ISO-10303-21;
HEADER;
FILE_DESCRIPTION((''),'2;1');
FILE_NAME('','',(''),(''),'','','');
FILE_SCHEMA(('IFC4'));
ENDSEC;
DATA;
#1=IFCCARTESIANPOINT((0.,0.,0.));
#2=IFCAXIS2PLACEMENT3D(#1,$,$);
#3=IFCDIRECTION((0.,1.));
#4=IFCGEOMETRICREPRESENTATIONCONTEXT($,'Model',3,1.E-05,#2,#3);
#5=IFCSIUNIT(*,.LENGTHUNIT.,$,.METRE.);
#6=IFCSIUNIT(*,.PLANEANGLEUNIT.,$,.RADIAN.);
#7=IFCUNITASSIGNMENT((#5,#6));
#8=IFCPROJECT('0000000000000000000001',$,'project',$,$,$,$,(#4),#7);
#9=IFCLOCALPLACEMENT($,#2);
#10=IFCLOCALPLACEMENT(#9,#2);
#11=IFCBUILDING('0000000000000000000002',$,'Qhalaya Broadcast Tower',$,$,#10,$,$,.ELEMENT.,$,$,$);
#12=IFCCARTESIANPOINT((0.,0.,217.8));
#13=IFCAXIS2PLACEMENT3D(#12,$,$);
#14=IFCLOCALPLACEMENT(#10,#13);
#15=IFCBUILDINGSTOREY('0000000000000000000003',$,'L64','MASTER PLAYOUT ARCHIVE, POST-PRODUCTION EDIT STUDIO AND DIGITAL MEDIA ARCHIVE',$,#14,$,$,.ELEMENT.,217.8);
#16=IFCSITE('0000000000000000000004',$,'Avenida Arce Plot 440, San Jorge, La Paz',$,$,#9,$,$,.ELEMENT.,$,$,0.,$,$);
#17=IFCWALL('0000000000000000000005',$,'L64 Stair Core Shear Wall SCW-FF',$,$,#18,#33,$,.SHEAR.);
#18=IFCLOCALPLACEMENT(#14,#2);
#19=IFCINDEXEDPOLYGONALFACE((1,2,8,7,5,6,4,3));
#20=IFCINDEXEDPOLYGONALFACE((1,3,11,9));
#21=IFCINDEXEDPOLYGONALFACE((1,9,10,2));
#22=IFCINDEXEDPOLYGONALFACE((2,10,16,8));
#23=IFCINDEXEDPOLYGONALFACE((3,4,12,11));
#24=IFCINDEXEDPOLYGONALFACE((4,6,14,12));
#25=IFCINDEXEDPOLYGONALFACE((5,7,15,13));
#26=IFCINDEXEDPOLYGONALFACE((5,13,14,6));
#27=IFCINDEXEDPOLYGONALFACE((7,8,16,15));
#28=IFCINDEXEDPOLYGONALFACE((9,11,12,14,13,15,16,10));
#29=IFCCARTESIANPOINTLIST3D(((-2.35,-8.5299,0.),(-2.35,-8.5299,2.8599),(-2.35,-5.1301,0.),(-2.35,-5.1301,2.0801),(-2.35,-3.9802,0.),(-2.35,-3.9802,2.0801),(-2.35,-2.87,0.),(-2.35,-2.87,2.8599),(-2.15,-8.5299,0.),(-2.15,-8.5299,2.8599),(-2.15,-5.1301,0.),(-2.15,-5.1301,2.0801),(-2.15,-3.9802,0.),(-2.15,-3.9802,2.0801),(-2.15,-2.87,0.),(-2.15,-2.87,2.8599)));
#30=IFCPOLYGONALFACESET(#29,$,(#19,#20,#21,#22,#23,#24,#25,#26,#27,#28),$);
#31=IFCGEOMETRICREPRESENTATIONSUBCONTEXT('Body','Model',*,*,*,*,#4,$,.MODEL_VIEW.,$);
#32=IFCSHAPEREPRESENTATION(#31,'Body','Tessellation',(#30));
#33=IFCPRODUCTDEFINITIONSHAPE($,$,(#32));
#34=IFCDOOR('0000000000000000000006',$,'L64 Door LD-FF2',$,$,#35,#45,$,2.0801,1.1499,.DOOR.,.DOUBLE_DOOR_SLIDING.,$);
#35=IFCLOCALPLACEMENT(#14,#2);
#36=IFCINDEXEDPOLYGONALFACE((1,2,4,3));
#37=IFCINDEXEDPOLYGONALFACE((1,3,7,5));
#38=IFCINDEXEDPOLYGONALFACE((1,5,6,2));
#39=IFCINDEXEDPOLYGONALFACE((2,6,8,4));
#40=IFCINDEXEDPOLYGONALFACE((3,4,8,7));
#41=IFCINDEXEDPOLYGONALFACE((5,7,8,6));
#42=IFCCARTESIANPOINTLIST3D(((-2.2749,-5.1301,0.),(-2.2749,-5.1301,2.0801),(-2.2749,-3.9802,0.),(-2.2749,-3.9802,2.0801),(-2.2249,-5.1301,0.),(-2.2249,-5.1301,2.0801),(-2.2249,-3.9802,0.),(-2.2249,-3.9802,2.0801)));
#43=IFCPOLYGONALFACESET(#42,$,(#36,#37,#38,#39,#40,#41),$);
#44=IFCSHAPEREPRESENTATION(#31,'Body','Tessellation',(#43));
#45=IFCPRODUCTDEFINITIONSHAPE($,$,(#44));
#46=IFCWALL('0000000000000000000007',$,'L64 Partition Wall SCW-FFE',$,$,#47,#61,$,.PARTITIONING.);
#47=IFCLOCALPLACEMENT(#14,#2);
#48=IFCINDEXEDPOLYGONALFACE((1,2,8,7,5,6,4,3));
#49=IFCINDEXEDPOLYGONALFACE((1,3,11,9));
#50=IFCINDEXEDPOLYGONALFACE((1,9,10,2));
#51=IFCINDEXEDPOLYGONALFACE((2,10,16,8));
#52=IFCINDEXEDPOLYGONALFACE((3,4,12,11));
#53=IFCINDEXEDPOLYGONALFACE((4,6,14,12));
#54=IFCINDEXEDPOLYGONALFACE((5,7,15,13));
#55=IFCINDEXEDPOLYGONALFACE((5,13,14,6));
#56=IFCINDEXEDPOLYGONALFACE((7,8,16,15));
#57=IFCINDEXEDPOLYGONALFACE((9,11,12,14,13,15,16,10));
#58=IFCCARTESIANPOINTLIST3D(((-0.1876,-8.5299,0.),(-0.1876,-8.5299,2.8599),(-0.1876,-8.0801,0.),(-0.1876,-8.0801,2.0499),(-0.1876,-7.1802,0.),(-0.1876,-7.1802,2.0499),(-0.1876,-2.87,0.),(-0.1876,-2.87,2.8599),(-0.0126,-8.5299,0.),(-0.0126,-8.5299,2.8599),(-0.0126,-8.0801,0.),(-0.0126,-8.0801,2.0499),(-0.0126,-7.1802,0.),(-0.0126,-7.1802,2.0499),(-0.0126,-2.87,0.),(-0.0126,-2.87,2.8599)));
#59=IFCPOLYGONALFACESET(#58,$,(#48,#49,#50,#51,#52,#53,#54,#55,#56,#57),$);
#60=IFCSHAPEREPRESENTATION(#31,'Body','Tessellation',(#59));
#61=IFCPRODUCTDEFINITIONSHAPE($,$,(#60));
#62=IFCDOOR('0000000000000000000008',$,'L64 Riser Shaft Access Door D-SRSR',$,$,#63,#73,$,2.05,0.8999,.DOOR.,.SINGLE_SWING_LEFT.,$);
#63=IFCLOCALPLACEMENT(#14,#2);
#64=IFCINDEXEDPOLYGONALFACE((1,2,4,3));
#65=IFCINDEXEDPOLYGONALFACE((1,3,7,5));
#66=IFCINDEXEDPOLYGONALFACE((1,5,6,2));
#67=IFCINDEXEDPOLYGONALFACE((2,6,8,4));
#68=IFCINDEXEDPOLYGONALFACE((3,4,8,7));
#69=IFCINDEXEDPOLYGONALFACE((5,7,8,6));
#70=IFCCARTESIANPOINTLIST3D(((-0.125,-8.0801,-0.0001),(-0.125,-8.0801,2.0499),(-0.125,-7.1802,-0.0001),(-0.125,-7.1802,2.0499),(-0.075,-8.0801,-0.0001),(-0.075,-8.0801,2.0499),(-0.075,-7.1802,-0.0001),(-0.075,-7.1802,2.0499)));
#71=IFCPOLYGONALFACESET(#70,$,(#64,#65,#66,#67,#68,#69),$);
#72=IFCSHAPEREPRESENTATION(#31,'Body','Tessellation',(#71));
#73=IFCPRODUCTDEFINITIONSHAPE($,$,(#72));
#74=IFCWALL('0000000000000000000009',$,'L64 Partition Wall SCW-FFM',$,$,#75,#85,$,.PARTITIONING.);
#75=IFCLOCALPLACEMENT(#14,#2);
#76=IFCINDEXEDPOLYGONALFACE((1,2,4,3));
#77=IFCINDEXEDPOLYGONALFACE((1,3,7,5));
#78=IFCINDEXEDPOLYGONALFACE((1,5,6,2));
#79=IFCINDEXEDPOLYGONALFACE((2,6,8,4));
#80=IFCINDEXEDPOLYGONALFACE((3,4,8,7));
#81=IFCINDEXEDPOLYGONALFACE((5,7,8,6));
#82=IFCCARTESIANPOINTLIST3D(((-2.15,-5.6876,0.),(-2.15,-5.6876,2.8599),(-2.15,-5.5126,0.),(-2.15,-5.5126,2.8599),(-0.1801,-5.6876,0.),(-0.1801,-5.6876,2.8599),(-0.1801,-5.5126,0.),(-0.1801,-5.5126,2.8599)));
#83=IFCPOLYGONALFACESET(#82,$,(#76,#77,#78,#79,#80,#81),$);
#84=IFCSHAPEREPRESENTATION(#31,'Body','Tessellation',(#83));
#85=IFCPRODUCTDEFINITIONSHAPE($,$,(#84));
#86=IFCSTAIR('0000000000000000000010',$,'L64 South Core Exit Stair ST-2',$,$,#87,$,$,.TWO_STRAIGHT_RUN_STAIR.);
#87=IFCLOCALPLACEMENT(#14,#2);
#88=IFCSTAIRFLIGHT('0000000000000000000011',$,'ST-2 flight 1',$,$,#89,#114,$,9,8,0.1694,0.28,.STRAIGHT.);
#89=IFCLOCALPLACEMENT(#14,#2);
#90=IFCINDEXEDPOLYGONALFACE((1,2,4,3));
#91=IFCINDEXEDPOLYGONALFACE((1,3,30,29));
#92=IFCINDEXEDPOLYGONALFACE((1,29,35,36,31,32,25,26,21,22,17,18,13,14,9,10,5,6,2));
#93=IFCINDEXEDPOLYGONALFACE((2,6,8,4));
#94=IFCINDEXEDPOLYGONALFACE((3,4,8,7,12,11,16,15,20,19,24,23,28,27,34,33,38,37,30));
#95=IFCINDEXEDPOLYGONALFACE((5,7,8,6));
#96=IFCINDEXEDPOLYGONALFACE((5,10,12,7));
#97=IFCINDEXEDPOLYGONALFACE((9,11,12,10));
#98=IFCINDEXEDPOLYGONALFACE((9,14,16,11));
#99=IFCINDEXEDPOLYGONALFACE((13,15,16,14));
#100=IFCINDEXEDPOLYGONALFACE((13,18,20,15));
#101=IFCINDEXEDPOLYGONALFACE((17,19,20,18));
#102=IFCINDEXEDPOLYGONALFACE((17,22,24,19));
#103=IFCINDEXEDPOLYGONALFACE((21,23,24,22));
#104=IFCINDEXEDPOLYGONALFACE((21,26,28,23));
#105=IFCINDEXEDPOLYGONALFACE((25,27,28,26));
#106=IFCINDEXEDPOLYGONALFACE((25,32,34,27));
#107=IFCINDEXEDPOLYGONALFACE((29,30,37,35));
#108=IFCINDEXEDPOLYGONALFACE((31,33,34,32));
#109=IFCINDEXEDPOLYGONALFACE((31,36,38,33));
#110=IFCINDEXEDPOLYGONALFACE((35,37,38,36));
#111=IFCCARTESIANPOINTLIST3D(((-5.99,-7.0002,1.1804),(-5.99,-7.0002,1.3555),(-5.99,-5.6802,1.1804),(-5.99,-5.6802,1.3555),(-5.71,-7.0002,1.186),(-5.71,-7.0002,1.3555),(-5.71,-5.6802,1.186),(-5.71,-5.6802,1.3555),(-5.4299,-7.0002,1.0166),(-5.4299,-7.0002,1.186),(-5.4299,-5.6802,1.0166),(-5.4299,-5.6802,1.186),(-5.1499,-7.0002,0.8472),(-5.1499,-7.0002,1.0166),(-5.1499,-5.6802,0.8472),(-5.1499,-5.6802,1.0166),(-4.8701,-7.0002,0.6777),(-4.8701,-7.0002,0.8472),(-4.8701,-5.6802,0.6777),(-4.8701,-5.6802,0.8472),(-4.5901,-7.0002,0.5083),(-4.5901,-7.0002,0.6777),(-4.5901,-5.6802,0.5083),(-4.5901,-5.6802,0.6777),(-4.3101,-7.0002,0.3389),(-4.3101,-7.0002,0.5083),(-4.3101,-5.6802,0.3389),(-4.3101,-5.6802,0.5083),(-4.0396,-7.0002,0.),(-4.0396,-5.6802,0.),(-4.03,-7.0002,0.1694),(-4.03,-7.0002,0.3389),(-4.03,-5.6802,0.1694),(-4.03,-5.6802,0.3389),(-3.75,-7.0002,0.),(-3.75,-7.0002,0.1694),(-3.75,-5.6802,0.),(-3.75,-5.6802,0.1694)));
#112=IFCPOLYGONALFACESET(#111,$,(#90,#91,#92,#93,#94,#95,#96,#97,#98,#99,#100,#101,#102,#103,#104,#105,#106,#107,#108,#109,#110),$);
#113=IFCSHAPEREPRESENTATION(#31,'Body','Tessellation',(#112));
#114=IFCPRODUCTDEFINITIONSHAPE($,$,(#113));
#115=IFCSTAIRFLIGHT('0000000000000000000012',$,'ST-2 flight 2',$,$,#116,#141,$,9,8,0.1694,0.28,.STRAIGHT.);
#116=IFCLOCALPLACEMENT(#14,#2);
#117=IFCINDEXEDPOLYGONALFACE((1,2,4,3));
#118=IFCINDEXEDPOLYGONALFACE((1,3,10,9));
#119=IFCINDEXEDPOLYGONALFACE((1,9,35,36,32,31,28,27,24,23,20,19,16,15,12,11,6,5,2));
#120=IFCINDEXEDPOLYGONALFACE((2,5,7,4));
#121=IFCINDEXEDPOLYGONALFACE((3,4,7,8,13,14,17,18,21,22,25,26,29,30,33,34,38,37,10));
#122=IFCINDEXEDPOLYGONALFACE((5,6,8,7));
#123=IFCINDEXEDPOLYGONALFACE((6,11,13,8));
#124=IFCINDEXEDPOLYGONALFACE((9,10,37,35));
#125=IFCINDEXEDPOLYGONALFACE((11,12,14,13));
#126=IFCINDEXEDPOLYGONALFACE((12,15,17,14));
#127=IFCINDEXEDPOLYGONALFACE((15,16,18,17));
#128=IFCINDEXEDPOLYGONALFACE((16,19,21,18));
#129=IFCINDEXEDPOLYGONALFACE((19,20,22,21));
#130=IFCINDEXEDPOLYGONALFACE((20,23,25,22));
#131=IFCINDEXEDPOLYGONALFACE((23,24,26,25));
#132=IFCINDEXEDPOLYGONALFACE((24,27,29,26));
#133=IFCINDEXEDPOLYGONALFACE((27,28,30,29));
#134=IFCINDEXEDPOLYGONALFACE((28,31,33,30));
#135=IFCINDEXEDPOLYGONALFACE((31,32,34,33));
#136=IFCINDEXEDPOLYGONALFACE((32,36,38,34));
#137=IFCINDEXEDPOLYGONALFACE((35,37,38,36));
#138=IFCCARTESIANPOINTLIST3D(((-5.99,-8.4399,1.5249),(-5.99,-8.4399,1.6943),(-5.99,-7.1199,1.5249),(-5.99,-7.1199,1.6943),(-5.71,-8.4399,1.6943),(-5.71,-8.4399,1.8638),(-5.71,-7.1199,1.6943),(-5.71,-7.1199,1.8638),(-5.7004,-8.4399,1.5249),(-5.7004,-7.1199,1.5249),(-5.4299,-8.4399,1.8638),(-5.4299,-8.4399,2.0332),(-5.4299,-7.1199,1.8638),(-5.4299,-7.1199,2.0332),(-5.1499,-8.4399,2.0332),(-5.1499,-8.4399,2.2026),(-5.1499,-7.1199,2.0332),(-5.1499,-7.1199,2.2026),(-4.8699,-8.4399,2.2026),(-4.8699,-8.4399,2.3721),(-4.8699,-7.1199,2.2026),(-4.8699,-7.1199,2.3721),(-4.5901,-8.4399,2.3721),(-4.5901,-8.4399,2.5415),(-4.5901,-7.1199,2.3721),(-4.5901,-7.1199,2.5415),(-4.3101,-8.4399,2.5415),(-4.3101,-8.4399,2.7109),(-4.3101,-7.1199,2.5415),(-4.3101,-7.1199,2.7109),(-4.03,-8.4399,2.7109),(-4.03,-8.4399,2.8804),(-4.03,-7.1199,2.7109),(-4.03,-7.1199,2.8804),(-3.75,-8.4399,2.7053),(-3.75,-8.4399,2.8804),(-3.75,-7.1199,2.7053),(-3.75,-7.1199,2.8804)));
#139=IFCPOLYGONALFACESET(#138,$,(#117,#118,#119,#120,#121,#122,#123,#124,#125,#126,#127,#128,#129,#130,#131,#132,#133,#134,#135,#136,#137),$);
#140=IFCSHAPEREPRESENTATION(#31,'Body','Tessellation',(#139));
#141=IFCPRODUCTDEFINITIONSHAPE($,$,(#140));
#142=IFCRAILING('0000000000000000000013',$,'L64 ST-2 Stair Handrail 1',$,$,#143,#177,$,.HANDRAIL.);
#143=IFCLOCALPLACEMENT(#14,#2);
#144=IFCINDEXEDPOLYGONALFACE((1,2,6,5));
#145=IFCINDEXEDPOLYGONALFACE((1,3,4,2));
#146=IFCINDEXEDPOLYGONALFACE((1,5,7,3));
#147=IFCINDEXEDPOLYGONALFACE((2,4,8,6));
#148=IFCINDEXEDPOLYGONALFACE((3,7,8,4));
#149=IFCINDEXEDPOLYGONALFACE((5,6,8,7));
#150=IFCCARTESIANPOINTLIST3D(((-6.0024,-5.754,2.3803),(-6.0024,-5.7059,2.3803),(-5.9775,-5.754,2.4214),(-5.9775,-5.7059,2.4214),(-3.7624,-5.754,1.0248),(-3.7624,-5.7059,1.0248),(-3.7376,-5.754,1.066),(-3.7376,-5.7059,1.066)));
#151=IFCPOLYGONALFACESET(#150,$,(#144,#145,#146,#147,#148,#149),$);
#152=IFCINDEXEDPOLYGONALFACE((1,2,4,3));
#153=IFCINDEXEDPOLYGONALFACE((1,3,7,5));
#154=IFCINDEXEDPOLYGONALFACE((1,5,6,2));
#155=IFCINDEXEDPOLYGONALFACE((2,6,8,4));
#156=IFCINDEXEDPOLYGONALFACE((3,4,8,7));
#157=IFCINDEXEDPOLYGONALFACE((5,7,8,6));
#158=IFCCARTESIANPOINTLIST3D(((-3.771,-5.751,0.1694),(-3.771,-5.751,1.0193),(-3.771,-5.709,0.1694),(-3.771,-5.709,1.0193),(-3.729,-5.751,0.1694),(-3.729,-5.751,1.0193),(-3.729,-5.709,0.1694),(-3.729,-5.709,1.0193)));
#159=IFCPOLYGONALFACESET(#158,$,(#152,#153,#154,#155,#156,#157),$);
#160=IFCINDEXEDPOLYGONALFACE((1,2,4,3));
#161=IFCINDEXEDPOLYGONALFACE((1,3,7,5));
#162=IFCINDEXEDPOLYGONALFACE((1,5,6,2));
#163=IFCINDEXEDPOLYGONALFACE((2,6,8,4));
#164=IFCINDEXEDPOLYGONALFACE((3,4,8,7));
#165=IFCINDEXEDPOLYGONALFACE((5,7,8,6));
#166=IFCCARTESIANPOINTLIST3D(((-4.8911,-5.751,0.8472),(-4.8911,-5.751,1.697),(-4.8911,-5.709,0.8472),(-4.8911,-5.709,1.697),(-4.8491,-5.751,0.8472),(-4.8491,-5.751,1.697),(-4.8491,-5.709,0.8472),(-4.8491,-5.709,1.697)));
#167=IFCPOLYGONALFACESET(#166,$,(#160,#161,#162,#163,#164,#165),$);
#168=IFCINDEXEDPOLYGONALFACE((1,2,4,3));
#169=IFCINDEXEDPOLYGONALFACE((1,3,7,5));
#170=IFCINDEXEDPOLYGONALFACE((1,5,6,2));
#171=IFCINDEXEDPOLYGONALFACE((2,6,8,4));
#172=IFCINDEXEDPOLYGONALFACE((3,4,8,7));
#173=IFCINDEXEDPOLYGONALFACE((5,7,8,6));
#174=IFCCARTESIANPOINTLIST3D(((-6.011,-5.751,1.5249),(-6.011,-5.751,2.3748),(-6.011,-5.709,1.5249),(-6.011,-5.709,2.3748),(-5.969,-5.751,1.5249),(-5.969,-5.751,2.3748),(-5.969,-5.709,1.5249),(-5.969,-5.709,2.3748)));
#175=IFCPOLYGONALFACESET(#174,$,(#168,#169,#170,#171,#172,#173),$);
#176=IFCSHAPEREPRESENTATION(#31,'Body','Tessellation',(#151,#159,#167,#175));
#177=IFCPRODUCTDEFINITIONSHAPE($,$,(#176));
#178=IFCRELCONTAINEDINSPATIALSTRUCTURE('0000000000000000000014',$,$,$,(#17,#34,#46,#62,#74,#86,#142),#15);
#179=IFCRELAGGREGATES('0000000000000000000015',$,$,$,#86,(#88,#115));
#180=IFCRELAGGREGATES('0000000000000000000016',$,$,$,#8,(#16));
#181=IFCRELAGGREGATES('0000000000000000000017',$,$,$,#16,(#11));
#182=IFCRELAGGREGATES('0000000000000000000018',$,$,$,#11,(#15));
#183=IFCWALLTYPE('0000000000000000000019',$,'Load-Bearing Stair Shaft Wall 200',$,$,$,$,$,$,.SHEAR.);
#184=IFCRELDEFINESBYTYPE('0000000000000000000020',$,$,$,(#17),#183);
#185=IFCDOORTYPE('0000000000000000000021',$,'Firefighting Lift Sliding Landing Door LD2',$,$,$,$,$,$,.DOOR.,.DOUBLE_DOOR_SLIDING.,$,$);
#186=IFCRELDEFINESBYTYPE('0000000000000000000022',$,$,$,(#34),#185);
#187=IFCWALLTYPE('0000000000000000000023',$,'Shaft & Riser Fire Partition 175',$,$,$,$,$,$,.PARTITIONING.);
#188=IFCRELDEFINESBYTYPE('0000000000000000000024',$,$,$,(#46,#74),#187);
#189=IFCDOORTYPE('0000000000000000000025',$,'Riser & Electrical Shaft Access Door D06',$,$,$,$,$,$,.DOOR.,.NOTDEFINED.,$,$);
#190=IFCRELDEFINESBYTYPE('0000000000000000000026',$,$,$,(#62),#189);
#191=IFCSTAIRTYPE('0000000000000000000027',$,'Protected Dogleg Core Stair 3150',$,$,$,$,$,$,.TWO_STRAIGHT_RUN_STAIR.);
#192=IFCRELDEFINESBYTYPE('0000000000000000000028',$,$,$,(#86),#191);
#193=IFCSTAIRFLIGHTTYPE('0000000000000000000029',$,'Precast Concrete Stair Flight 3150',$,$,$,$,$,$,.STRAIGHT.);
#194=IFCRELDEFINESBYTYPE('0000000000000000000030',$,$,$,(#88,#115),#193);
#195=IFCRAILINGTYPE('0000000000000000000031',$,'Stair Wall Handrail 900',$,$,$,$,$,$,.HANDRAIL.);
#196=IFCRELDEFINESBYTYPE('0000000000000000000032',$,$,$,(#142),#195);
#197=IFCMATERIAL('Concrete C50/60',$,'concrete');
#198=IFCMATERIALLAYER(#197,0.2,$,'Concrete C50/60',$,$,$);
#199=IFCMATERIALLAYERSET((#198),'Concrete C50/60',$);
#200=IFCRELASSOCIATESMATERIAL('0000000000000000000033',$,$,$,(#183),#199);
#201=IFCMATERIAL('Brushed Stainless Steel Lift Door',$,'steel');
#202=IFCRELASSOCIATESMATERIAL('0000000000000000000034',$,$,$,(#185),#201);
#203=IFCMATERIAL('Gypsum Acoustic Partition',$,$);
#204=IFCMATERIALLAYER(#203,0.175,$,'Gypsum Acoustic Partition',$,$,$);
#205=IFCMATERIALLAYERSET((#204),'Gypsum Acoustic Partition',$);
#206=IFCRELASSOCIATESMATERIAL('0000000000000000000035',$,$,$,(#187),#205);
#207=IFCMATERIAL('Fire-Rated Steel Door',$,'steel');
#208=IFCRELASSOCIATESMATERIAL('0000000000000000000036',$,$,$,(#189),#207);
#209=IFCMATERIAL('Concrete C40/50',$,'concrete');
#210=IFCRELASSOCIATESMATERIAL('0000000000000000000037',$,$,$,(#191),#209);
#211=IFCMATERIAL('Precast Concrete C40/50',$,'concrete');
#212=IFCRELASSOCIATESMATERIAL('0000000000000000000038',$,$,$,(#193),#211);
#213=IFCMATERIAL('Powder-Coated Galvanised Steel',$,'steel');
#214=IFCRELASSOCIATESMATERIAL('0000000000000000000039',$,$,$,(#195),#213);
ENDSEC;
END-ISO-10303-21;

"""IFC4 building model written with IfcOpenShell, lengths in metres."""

from ifc_helpers import new_model, si_unit, direction, frame, frame_2d, origin, origin_2d, place, context, subcontext, project, spatial, polyline, rectangle, outline, extrude, material, layer, layer_set, type_object, element, fill, aggregate, save


model = new_model("IFC4")

# Units and contexts
model_context = context("Model", 3, precision=1e-05, world=origin(), true_north=direction((0.0, 1.0)))
body_context = subcontext(model_context, "Body", "Model", "MODEL_VIEW")
ifc_project = project(units=[si_unit("LENGTHUNIT", "METRE"), si_unit("PLANEANGLEUNIT", "RADIAN")], contexts=[model_context])

# Site, building, storey
site_placement = place(None, origin())
site = spatial("IfcSite", under=ifc_project, at=site_placement, Name="Avenida Arce Plot 440, San Jorge, La Paz", CompositionType="ELEMENT", RefElevation=0.0)
building_placement = place(site_placement, origin())
building = spatial("IfcBuilding", under=site, at=building_placement, Name="Qhalaya Broadcast Tower", CompositionType="ELEMENT")
storey_placement = place(building_placement, frame((0.0, 0.0, 217.8)))
storey = spatial("IfcBuildingStorey", under=building, at=storey_placement, Name="L64", Description="MASTER PLAYOUT ARCHIVE, POST-PRODUCTION EDIT STUDIO AND DIGITAL MEDIA ARCHIVE", CompositionType="ELEMENT", Elevation=217.8)

# Shared definitions
ifc_material_1 = material(Name="Concrete C50/60", Category="concrete")

# Walls, openings, doors
ifc_material_2 = material(Name="Gypsum Acoustic Partition")
ifc_layer_1 = layer(ifc_material_1, 0.2, Name="Concrete C50/60")
ifc_layer_set_1 = layer_set([ifc_layer_1], Name="Concrete C50/60")
wall_type_1 = type_object("IfcWallType", Name="Load-Bearing Stair Shaft Wall 200", PredefinedType="SHEAR", material=ifc_layer_set_1)
ifc_material_3 = material(Name="Fire-Rated Steel Door", Category="steel")
wall_1_placement = place(storey_placement, frame((-2.25, -8.53, 0.0), z_axis=(0.0, 0.0, 1.0), x_axis=(0.0, 1.0, 0.0)))
wall_1 = element("IfcWall", 1, at=wall_1_placement, inside=storey, type_object=wall_type_1, Name="L64 Stair Core Shear Wall SCW-FF", PredefinedType="SHEAR", context=body_context, shape_type="SweptSolid", body=[
    extrude(rectangle(XDim=5.6599, YDim=0.2, at=frame_2d((2.8301, 0.0))), origin(), (0.0, 0.0, 1.0), 2.8599),
])
opening_1_placement = place(wall_1_placement, frame((3.3999, 0.0, 0.0)))
opening_1 = element("IfcOpeningElement", 2, at=opening_1_placement, cuts=wall_1, PredefinedType="OPENING", context=body_context, shape_type="SweptSolid", body=[
    extrude(rectangle(XDim=1.1499, YDim=2.0801, at=frame_2d((0.575, 1.04))), frame((0.0, 0.1121, 0.0), z_axis=(0.0, -1.0, 0.0), x_axis=(1.0, 0.0, 0.0)), (0.0, 0.0, 1.0), 0.2239),
])
ifc_material_4 = material(Name="Brushed Stainless Steel Lift Door", Category="steel")
door_type_1 = type_object("IfcDoorType", Name="Firefighting Lift Sliding Landing Door LD2", OperationType="DOUBLE_DOOR_SLIDING", PredefinedType="DOOR", material=ifc_material_4)
door_1_placement = place(opening_1_placement, origin())
door_1 = element("IfcDoor", 3, at=door_1_placement, inside=storey, type_object=door_type_1, Name="L64 Door LD-FF2", OperationType="DOUBLE_DOOR_SLIDING", OverallHeight=2.0801, OverallWidth=1.1499, PredefinedType="DOOR", context=body_context, shape_type="SweptSolid", body=[
    extrude(rectangle(XDim=1.1499, YDim=2.0801, at=frame_2d((0.575, 1.04))), frame((0.0, 0.0249, 0.0), z_axis=(0.0, -1.0, 0.0), x_axis=(1.0, 0.0, 0.0)), (0.0, 0.0, 1.0), 0.05),
])
fill(opening_1, door_1)
ifc_layer_2 = layer(ifc_material_2, 0.175, Name="Gypsum Acoustic Partition")
ifc_layer_set_2 = layer_set([ifc_layer_2], Name="Gypsum Acoustic Partition")
wall_type_2 = type_object("IfcWallType", Name="Shaft & Riser Fire Partition 175", PredefinedType="PARTITIONING", material=ifc_layer_set_2)
wall_2_placement = place(storey_placement, frame((-0.1001, -8.53, 0.0), z_axis=(0.0, 0.0, 1.0), x_axis=(0.0, 1.0, 0.0)))
wall_2 = element("IfcWall", 4, at=wall_2_placement, inside=storey, type_object=wall_type_2, Name="L64 Partition Wall SCW-FFE", PredefinedType="PARTITIONING", context=body_context, shape_type="SweptSolid", body=[
    extrude(rectangle(XDim=5.6599, YDim=0.175, at=frame_2d((2.8301, 0.0))), origin(), (0.0, 0.0, 1.0), 2.8599),
])
opening_2_placement = place(wall_2_placement, frame((0.45, 0.0, 0.0)))
opening_2 = element("IfcOpeningElement", 5, at=opening_2_placement, cuts=wall_2, PredefinedType="OPENING", context=body_context, shape_type="SweptSolid", body=[
    extrude(rectangle(XDim=0.8999, YDim=2.05, at=frame_2d((0.45, 1.0249))), frame((0.0, 0.0996, 0.0), z_axis=(0.0, -1.0, 0.0), x_axis=(1.0, 0.0, 0.0)), (0.0, 0.0, 1.0), 0.199),
])
door_type_2 = type_object("IfcDoorType", Name="Riser & Electrical Shaft Access Door D06", OperationType="NOTDEFINED", PredefinedType="DOOR", material=ifc_material_3)
door_2_placement = place(opening_2_placement, origin())
door_2 = element("IfcDoor", 6, at=door_2_placement, inside=storey, type_object=door_type_2, Name="L64 Riser Shaft Access Door D-SRSR", OperationType="SINGLE_SWING_LEFT", OverallHeight=2.05, OverallWidth=0.8999, PredefinedType="DOOR", context=body_context, shape_type="SweptSolid", body=[
    extrude(rectangle(XDim=0.8999, YDim=2.05, at=frame_2d((0.45, 1.0249))), frame((0.0, 0.0249, 0.0), z_axis=(0.0, -1.0, 0.0), x_axis=(1.0, 0.0, 0.0)), (0.0, 0.0, 1.0), 0.05),
])
fill(opening_2, door_2)

# Wall
wall_3_placement = place(storey_placement, frame((-2.1499, -5.6001, 0.0), z_axis=(0.0, 0.0, 1.0), x_axis=(1.0, 0.0, 0.0)))
element("IfcWall", 7, at=wall_3_placement, inside=storey, type_object=wall_type_2, Name="L64 Partition Wall SCW-FFM", PredefinedType="PARTITIONING", context=body_context, shape_type="SweptSolid", body=[
    extrude(rectangle(XDim=1.97, YDim=0.175, at=frame_2d((0.9849, 0.0))), origin(), (0.0, 0.0, 1.0), 2.8599),
])

# Stair, stair flights
ifc_material_5 = material(Name="Concrete C40/50", Category="concrete")
stair_type = type_object("IfcStairType", Name="Protected Dogleg Core Stair 3150", PredefinedType="TWO_STRAIGHT_RUN_STAIR", material=ifc_material_5)
stair_placement = place(storey_placement, origin())
stair = element("IfcStair", 8, at=stair_placement, inside=storey, type_object=stair_type, Name="L64 South Core Exit Stair ST-2", PredefinedType="TWO_STRAIGHT_RUN_STAIR")
ifc_material_6 = material(Name="Precast Concrete C40/50", Category="concrete")
stair_flight_type = type_object("IfcStairFlightType", Name="Precast Concrete Stair Flight 3150", PredefinedType="STRAIGHT", material=ifc_material_6)
stair_flight_1_placement = place(storey_placement, frame((-3.75, -6.3401, 0.0), z_axis=(0.0, 0.0, 1.0), x_axis=(-1.0, 0.0, 0.0)))
stair_flight_1 = element("IfcStairFlight", 9, at=stair_flight_1_placement, type_object=stair_flight_type, Name="ST-2 flight 1", NumberOfRisers=9, NumberOfTreads=8, PredefinedType="STRAIGHT", RiserHeight=0.1694, TreadLength=0.28, context=body_context, shape_type="SweptSolid", body=[
    extrude(outline(polyline([(0.0, 0.0), (0.0, 0.1694), (0.28, 0.1694), (0.28, 0.3389), (0.5601, 0.3389), (0.5601, 0.5083), (0.8401, 0.5083), (0.8401, 0.6777), (1.1201, 0.6777), (1.1201, 0.8472), (1.3999, 0.8472), (1.3999, 1.0166), (1.6799, 1.0166), (1.6799, 1.186), (1.96, 1.186), (1.96, 1.3555), (2.24, 1.3555), (2.24, 1.5249), (2.24, 1.1804), (0.2896, 0.0), (0.0, 0.0)])), frame((0.0, 0.6602, 0.0), z_axis=(0.0, -1.0, 0.0), x_axis=(1.0, 0.0, 0.0)), (0.0, 0.0, 1.0), 1.3201),
])
stair_flight_2_placement = place(storey_placement, frame((-5.99, -7.78, 1.5249), z_axis=(0.0, 0.0, 1.0), x_axis=(1.0, 0.0, 0.0)))
stair_flight_2 = element("IfcStairFlight", 10, at=stair_flight_2_placement, type_object=stair_flight_type, Name="ST-2 flight 2", NumberOfRisers=9, NumberOfTreads=8, PredefinedType="STRAIGHT", RiserHeight=0.1694, TreadLength=0.28, context=body_context, shape_type="SweptSolid", body=[
    extrude(outline(polyline([(0.0, 0.0), (0.0, 0.1694), (0.28, 0.1694), (0.28, 0.3389), (0.5601, 0.3389), (0.5601, 0.5083), (0.8401, 0.5083), (0.8401, 0.6777), (1.1201, 0.6777), (1.1201, 0.8472), (1.3999, 0.8472), (1.3999, 1.0166), (1.6799, 1.0166), (1.6799, 1.186), (1.96, 1.186), (1.96, 1.3555), (2.24, 1.3555), (2.24, 1.5249), (2.24, 1.1804), (0.2896, 0.0), (0.0, 0.0)])), frame((0.0, 0.6602, 0.0), z_axis=(0.0, -1.0, 0.0), x_axis=(1.0, 0.0, 0.0)), (0.0, 0.0, 1.0), 1.3201),
])
aggregate(stair, [stair_flight_1, stair_flight_2])

# Railing
ifc_material_7 = material(Name="Powder-Coated Galvanised Steel", Category="steel")
railing_type_1 = type_object("IfcRailingType", Name="Stair Wall Handrail 900", PredefinedType="HANDRAIL", material=ifc_material_7)
railing_1_placement = place(storey_placement, frame((-3.75, -5.73, 0.1694)))
element("IfcRailing", 11, at=railing_1_placement, inside=storey, type_object=railing_type_1, Name="L64 ST-2 Stair Handrail 1", PredefinedType="HANDRAIL", context=body_context, shape_type="SweptSolid", body=[
    extrude(rectangle(XDim=0.0481, YDim=0.0481, at=origin_2d()), frame((0.0, 0.0, 0.876), z_axis=(-0.855553, 0.0, 0.517715), x_axis=(0.0, -1.0, 0.0)), (0.0, 0.0, 1.0), 2.6182),
    extrude(rectangle(XDim=0.042, YDim=0.042, at=origin_2d()), origin(), (0.0, 0.0, 1.0), 0.8499),
    extrude(rectangle(XDim=0.042, YDim=0.042, at=origin_2d()), frame((-1.1201, 0.0, 0.6777)), (0.0, 0.0, 1.0), 0.8499),
    extrude(rectangle(XDim=0.042, YDim=0.042, at=origin_2d()), frame((-2.24, 0.0, 1.3555)), (0.0, 0.0, 1.0), 0.8499),
])

save(model, "model.ifc")
